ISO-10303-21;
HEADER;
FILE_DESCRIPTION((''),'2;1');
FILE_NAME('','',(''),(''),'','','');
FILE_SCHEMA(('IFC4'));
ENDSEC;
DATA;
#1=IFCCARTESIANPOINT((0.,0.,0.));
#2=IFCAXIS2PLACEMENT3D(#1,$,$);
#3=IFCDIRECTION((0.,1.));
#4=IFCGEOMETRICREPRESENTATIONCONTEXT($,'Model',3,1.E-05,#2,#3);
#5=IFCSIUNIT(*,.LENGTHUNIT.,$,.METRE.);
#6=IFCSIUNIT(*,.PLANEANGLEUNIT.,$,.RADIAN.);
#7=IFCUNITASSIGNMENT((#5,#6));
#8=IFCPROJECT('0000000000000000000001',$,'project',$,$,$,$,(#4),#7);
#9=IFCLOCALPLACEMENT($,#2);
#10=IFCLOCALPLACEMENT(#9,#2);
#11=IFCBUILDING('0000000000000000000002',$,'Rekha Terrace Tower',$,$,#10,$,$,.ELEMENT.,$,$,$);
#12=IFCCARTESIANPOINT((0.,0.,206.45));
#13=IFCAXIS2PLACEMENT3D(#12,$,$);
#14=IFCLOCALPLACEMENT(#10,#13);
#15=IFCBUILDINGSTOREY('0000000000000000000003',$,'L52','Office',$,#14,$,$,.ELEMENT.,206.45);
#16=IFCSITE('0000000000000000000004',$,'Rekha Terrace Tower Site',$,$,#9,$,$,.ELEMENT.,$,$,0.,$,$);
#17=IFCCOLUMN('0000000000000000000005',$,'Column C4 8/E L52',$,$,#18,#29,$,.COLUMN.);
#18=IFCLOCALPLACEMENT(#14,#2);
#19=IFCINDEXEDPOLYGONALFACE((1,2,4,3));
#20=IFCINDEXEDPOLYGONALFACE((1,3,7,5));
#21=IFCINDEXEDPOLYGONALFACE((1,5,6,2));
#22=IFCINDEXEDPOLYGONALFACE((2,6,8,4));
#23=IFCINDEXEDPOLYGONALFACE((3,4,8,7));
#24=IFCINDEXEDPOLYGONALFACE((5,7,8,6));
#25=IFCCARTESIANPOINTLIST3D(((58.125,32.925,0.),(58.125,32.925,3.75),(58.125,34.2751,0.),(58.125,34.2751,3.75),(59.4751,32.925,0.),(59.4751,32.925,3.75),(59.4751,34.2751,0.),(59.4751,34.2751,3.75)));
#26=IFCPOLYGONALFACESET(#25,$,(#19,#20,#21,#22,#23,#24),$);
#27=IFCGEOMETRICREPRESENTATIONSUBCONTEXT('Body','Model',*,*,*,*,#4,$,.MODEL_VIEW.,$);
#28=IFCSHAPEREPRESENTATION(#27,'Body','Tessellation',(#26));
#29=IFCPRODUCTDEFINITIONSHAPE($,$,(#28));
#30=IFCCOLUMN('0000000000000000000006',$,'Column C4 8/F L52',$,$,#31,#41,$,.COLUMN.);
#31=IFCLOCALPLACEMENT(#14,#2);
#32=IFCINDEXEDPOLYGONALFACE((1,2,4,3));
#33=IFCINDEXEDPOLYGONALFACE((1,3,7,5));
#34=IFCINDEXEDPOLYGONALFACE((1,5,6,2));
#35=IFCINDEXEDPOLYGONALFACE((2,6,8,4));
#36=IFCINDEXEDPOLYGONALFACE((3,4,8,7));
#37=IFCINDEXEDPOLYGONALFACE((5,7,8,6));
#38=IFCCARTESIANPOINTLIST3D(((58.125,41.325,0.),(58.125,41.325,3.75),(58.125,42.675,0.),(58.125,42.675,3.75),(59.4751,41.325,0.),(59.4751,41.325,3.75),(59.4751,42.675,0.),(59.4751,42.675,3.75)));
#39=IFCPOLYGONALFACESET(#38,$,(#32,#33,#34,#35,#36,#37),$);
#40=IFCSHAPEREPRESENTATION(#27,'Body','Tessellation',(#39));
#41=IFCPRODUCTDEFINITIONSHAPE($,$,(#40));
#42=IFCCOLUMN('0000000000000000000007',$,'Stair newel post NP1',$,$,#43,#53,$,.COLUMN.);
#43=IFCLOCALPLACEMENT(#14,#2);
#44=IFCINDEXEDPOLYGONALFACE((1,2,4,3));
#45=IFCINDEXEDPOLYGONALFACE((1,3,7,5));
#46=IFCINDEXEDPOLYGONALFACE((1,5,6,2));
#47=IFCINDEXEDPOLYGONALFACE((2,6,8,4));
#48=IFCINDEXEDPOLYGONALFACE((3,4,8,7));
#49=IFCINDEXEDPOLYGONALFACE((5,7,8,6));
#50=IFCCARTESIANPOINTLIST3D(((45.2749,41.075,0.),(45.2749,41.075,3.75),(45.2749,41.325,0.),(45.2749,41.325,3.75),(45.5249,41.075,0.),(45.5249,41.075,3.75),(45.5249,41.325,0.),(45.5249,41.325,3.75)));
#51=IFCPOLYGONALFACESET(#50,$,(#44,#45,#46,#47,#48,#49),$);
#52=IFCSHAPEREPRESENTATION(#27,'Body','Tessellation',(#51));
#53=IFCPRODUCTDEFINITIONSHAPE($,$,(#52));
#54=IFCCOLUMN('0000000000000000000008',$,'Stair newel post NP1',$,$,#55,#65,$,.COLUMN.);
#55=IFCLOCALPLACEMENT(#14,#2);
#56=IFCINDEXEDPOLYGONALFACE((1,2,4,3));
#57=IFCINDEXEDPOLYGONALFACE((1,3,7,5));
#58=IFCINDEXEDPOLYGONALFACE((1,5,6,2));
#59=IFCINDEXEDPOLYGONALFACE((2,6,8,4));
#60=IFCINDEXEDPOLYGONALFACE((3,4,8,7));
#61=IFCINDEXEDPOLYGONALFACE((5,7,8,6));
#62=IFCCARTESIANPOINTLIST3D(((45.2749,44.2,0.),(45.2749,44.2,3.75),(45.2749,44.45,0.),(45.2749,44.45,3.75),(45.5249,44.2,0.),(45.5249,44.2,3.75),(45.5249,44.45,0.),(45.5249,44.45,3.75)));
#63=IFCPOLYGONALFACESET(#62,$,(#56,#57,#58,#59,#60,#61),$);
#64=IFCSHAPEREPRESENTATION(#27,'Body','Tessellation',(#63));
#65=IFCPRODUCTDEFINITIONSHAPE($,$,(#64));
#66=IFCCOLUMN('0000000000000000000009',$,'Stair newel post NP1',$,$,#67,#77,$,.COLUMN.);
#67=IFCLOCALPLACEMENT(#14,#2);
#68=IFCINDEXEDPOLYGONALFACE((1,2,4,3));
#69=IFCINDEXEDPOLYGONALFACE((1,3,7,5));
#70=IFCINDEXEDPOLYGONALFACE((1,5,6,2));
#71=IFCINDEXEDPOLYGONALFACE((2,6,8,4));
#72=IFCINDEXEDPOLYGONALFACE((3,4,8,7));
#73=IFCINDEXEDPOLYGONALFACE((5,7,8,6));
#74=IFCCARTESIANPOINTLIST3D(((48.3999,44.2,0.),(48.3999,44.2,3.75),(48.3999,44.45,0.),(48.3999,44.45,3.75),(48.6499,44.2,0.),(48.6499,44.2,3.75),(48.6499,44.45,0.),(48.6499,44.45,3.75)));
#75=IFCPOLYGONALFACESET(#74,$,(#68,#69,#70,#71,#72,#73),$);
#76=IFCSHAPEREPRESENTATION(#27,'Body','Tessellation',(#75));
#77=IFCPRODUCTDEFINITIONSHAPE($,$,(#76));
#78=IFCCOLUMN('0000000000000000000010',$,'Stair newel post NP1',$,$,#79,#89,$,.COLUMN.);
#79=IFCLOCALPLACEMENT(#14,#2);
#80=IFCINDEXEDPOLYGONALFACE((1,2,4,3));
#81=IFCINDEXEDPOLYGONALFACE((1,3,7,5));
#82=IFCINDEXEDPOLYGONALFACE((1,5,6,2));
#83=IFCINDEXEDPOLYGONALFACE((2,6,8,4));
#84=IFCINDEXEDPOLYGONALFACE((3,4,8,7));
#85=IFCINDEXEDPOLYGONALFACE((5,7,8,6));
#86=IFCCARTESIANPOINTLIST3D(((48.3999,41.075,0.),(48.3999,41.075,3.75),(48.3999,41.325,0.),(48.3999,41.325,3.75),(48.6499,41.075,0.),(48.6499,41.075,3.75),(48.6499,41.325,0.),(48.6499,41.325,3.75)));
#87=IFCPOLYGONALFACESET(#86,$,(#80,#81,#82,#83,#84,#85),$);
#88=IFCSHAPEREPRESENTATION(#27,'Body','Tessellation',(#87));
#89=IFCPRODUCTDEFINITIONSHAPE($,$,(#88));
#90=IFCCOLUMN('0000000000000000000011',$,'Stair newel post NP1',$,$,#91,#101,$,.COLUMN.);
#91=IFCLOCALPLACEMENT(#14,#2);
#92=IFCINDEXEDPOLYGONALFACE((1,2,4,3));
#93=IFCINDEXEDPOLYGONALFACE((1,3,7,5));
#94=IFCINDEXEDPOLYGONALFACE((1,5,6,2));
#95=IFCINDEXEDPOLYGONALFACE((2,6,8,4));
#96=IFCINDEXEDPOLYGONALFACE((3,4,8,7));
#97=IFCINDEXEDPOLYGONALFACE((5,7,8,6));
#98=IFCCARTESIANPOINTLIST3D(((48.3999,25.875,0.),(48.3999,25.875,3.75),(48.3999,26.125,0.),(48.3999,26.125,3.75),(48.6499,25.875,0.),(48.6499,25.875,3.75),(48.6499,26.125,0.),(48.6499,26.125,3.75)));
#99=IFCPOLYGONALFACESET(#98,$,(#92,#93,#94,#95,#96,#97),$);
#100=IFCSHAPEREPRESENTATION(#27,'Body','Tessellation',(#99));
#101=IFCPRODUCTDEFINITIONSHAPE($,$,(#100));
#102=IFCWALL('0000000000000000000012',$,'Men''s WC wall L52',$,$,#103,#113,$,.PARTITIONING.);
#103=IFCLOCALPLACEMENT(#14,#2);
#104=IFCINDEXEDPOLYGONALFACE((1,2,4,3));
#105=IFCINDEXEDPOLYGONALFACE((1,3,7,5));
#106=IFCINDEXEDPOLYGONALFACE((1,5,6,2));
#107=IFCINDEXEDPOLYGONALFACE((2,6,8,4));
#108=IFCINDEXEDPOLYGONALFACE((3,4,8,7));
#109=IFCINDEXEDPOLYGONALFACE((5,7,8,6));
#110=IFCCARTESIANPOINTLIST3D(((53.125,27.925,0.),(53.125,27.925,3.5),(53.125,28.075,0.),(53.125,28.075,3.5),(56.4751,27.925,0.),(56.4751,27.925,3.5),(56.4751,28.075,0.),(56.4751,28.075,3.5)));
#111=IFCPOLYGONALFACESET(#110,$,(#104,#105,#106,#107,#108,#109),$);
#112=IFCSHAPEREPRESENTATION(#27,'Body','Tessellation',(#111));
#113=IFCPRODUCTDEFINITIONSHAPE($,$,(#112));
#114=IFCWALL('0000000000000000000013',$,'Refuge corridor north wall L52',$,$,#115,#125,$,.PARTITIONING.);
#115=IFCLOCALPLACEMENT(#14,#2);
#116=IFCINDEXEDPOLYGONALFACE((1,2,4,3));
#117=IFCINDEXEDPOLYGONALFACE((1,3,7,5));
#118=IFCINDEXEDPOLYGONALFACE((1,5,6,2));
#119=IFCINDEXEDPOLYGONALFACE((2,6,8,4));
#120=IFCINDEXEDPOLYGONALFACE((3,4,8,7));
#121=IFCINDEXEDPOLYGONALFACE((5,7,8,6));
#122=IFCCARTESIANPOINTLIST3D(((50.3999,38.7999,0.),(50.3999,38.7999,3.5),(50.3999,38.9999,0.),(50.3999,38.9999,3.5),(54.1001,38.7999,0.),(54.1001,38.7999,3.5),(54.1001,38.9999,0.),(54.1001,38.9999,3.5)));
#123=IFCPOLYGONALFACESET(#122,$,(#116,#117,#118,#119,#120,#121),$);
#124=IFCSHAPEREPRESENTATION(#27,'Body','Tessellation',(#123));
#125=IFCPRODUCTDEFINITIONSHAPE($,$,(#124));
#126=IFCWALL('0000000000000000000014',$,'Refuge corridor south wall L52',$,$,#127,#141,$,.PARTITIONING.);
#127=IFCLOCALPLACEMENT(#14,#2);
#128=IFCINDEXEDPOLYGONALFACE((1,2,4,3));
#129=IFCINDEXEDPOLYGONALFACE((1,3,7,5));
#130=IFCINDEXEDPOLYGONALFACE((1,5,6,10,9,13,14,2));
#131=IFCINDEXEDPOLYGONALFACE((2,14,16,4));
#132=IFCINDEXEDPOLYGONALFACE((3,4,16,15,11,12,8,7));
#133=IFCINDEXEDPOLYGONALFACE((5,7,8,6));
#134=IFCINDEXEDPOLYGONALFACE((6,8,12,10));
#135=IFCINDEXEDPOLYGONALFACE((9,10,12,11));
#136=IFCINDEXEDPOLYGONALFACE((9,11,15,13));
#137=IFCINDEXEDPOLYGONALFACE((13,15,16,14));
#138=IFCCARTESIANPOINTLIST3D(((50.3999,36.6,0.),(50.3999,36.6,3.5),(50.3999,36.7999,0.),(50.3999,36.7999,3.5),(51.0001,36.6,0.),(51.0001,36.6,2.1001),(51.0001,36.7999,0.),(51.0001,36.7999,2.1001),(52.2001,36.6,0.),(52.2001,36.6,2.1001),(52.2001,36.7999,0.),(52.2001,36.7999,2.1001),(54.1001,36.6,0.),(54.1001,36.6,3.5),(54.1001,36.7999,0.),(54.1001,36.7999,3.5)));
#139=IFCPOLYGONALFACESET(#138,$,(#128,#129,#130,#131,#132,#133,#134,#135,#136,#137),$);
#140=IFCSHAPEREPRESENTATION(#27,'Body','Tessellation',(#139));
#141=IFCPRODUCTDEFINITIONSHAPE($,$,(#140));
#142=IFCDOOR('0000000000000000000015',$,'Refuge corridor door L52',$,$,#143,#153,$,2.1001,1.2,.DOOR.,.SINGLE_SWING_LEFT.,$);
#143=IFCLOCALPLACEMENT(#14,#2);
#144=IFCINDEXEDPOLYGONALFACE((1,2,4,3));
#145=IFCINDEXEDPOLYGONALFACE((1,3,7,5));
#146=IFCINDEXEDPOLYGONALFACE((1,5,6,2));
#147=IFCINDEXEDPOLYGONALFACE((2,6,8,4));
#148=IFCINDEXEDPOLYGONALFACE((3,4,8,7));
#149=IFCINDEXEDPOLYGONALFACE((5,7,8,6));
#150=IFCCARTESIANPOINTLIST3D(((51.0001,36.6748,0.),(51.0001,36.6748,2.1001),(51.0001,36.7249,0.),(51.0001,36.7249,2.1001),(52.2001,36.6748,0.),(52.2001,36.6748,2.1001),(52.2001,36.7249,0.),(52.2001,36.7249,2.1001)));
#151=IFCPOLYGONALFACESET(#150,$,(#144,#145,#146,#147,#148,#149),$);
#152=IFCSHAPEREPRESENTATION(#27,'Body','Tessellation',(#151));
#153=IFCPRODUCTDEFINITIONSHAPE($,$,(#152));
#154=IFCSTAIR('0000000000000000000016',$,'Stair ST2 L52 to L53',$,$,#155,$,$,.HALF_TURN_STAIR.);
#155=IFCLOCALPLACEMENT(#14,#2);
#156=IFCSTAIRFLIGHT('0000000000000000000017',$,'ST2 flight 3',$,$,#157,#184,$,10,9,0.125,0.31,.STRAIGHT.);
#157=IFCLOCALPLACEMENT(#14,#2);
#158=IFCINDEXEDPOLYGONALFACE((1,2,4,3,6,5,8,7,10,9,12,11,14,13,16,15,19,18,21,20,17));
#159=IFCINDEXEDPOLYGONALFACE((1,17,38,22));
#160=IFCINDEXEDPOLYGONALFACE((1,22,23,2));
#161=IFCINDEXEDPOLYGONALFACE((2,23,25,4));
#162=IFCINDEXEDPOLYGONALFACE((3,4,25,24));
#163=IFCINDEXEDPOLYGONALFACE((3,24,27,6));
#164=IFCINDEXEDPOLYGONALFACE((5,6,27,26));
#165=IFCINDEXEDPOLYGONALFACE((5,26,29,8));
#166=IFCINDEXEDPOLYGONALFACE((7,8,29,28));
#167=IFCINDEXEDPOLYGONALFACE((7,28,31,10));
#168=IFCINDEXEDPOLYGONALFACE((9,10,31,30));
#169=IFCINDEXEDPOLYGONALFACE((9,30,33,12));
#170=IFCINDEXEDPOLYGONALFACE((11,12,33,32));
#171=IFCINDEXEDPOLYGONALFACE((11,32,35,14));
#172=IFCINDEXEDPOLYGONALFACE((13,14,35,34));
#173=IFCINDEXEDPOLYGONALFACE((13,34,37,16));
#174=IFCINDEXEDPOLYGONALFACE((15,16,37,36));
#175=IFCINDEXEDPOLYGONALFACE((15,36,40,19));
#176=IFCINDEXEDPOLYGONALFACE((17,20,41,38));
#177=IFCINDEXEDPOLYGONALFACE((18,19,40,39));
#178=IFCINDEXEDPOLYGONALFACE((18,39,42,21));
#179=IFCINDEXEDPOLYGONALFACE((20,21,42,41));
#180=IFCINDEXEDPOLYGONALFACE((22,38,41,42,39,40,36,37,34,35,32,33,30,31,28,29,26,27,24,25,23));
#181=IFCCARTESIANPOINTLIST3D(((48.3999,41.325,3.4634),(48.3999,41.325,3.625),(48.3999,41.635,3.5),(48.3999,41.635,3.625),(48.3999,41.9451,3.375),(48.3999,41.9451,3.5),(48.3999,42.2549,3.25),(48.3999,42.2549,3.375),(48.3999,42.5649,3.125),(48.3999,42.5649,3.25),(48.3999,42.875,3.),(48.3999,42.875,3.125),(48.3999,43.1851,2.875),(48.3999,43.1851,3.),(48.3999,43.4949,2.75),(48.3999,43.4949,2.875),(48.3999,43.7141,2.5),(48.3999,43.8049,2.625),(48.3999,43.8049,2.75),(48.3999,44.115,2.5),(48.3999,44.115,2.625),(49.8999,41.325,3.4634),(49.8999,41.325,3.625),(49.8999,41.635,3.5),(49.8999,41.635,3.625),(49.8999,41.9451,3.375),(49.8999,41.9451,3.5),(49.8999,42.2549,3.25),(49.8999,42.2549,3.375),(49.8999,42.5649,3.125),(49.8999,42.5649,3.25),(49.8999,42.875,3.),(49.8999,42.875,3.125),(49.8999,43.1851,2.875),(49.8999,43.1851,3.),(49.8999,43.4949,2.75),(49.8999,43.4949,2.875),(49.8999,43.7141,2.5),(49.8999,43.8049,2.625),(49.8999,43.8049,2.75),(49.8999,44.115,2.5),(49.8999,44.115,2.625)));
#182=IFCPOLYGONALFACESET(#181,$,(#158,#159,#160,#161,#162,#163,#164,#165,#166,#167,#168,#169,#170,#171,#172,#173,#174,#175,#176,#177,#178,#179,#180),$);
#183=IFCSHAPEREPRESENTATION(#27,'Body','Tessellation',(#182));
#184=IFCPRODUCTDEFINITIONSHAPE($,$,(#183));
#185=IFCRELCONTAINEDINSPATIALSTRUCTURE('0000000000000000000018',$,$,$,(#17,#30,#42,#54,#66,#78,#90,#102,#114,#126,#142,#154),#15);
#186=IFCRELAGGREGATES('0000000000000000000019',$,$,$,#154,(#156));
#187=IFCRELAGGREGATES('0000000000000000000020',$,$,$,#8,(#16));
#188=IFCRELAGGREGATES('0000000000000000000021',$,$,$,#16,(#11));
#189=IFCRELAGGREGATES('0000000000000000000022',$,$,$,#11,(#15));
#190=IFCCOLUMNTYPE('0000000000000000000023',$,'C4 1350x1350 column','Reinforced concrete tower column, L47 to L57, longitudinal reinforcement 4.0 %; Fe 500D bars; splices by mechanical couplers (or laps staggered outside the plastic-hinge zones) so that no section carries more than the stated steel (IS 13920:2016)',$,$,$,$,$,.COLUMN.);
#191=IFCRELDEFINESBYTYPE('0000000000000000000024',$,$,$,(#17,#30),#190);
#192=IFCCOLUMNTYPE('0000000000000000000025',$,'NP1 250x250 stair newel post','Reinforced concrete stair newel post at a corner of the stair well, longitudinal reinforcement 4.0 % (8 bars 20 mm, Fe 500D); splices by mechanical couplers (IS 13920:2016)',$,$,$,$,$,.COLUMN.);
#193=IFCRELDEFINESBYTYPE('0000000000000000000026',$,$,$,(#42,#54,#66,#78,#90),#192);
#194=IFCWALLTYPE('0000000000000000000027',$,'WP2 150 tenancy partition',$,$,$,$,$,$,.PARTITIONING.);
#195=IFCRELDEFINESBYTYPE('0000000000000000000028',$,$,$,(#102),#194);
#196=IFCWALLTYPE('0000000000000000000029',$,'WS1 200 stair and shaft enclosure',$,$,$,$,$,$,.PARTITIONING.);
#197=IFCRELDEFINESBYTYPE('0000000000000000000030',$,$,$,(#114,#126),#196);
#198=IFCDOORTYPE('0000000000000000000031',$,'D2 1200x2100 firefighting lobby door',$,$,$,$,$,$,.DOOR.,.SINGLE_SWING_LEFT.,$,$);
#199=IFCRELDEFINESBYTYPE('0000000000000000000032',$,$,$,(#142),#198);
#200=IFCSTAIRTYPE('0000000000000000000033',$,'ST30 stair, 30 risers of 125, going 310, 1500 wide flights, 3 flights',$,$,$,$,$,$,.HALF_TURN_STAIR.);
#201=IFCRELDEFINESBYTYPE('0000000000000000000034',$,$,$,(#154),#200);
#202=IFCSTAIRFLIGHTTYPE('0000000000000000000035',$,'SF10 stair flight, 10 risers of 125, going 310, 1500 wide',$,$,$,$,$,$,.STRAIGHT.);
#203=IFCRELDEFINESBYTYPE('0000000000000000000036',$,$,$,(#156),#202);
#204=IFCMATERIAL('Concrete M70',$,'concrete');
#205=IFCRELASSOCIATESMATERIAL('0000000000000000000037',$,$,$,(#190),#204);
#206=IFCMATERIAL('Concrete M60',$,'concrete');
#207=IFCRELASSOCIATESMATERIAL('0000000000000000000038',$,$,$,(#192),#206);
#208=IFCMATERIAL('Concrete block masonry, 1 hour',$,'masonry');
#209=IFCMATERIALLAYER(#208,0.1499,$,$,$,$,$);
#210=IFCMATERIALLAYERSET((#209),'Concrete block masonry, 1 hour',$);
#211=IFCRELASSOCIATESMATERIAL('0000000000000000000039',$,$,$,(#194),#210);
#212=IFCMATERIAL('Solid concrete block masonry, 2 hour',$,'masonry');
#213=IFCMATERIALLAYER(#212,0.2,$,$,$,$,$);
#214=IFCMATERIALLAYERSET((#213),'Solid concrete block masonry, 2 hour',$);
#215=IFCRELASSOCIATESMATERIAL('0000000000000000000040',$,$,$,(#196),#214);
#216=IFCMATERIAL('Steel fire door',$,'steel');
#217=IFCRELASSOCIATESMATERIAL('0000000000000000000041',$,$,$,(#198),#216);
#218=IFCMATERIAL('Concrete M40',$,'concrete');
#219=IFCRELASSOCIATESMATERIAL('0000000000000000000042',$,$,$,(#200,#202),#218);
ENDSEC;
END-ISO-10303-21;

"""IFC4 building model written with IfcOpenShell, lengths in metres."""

from ifc_helpers import new_model, si_unit, direction, frame, frame_2d, origin, origin_2d, place, context, subcontext, project, spatial, polyline, rectangle, outline, extrude, material, layer, layer_set, material_profile, profile_set, type_object, element, fill, aggregate, save


model = new_model("IFC4")

# Units and contexts
model_context = context("Model", 3, precision=1e-05, world=origin(), true_north=direction((0.0, 1.0)))
body_context = subcontext(model_context, "Body", "Model", "MODEL_VIEW")
ifc_project = project(units=[si_unit("LENGTHUNIT", "METRE"), si_unit("PLANEANGLEUNIT", "RADIAN")], contexts=[model_context])

# Site, building, storey
site_placement = place(None, origin())
site = spatial("IfcSite", under=ifc_project, at=site_placement, Name="Rekha Terrace Tower Site", CompositionType="ELEMENT", RefElevation=0.0)
building_placement = place(site_placement, origin())
building = spatial("IfcBuilding", under=site, at=building_placement, Name="Rekha Terrace Tower", CompositionType="ELEMENT")
storey_placement = place(building_placement, frame((0.0, 0.0, 206.45)))
storey = spatial("IfcBuildingStorey", under=building, at=storey_placement, Name="L52", Description="Office", CompositionType="ELEMENT", Elevation=206.45)

# Columns
ifc_material_1 = material(Name="Concrete M70", Category="concrete")
ifc_material_profile_1 = material_profile(ifc_material_1, rectangle(XDim=1.3501, YDim=1.3501, at=origin_2d()), Name="RC 1350x1350")
ifc_profile_set_1 = profile_set([ifc_material_profile_1], Name="Concrete M70")
column_type_1 = type_object("IfcColumnType", Name="C4 1350x1350 column", Description="Reinforced concrete tower column, L47 to L57, longitudinal reinforcement 4.0 %; Fe 500D bars; splices by mechanical couplers (or laps staggered outside the plastic-hinge zones) so that no section carries more than the stated steel (IS 13920:2016)", PredefinedType="COLUMN", material=ifc_profile_set_1)
for number, where, z_axis, x_axis, name in (
    (1, (58.8, 33.6001, 0.0), (0.0, 0.0, 1.0), (1.0, 0.0, 0.0), "Column C4 8/E L52"),
    (2, (58.8, 42.0, 0.0), (0.0, 0.0, 1.0), (1.0, 0.0, 0.0), "Column C4 8/F L52"),
):
    element("IfcColumn", number, at=place(storey_placement, frame(where, z_axis=z_axis, x_axis=x_axis)), inside=storey, type_object=column_type_1, Name=name, PredefinedType="COLUMN", context=body_context, shape_type="SweptSolid", body=[
        extrude(rectangle(XDim=1.3501, YDim=1.3501, at=origin_2d()), origin(), (0.0, 0.0, 1.0), 3.75),
    ])
ifc_material_2 = material(Name="Concrete M60", Category="concrete")
ifc_material_profile_2 = material_profile(ifc_material_2, rectangle(XDim=0.25, YDim=0.25, at=origin_2d()), Name="RC 250x250")
ifc_profile_set_2 = profile_set([ifc_material_profile_2], Name="Concrete M60")
column_type_2 = type_object("IfcColumnType", Name="NP1 250x250 stair newel post", Description="Reinforced concrete stair newel post at a corner of the stair well, longitudinal reinforcement 4.0 % (8 bars 20 mm, Fe 500D); splices by mechanical couplers (IS 13920:2016)", PredefinedType="COLUMN", material=ifc_profile_set_2)
for number, where, z_axis, x_axis, name in (
    (3, (45.3999, 41.2, 0.0), (0.0, 0.0, 1.0), (1.0, 0.0, 0.0), "Stair newel post NP1"),
    (4, (45.3999, 44.325, 0.0), (0.0, 0.0, 1.0), (1.0, 0.0, 0.0), "Stair newel post NP1"),
    (5, (48.5249, 44.325, 0.0), (0.0, 0.0, 1.0), (1.0, 0.0, 0.0), "Stair newel post NP1"),
    (6, (48.5249, 41.2, 0.0), (0.0, 0.0, 1.0), (1.0, 0.0, 0.0), "Stair newel post NP1"),
    (7, (48.5249, 26.0, 0.0), (0.0, 0.0, 1.0), (1.0, 0.0, 0.0), "Stair newel post NP1"),
):
    element("IfcColumn", number, at=place(storey_placement, frame(where, z_axis=z_axis, x_axis=x_axis)), inside=storey, type_object=column_type_2, Name=name, PredefinedType="COLUMN", context=body_context, shape_type="SweptSolid", body=[
        extrude(rectangle(XDim=0.25, YDim=0.25, at=origin_2d()), origin(), (0.0, 0.0, 1.0), 3.75),
    ])

# Walls
ifc_material_3 = material(Name="Concrete block masonry, 1 hour", Category="masonry")
ifc_layer_1 = layer(ifc_material_3, 0.1499)
ifc_layer_set_1 = layer_set([ifc_layer_1], Name="Concrete block masonry, 1 hour")
wall_type_1 = type_object("IfcWallType", Name="WP2 150 tenancy partition", PredefinedType="PARTITIONING", material=ifc_layer_set_1)
wall_1_placement = place(storey_placement, frame((53.125, 28.0, 0.0), z_axis=(0.0, 0.0, 1.0), x_axis=(1.0, 0.0, 0.0)))
element("IfcWall", 8, at=wall_1_placement, inside=storey, type_object=wall_type_1, Name="Men's WC wall L52", PredefinedType="PARTITIONING", context=body_context, shape_type="SweptSolid", body=[
    extrude(rectangle(XDim=3.3501, YDim=0.1499, at=frame_2d((1.675, 0.0))), origin(), (0.0, 0.0, 1.0), 3.5),
])
ifc_material_4 = material(Name="Solid concrete block masonry, 2 hour", Category="masonry")
ifc_layer_2 = layer(ifc_material_4, 0.2)
ifc_layer_set_2 = layer_set([ifc_layer_2], Name="Solid concrete block masonry, 2 hour")
wall_type_2 = type_object("IfcWallType", Name="WS1 200 stair and shaft enclosure", PredefinedType="PARTITIONING", material=ifc_layer_set_2)
wall_2_placement = place(storey_placement, frame((50.3999, 38.8999, 0.0), z_axis=(0.0, 0.0, 1.0), x_axis=(1.0, 0.0, 0.0)))
element("IfcWall", 9, at=wall_2_placement, inside=storey, type_object=wall_type_2, Name="Refuge corridor north wall L52", PredefinedType="PARTITIONING", context=body_context, shape_type="SweptSolid", body=[
    extrude(rectangle(XDim=3.7002, YDim=0.2, at=frame_2d((1.8501, 0.0))), origin(), (0.0, 0.0, 1.0), 3.5),
])

# Wall, opening, door
wall_3_placement = place(storey_placement, frame((50.3999, 36.7, 0.0), z_axis=(0.0, 0.0, 1.0), x_axis=(1.0, 0.0, 0.0)))
wall_3 = element("IfcWall", 10, at=wall_3_placement, inside=storey, type_object=wall_type_2, Name="Refuge corridor south wall L52", PredefinedType="PARTITIONING", context=body_context, shape_type="SweptSolid", body=[
    extrude(rectangle(XDim=3.7002, YDim=0.2, at=frame_2d((1.8501, 0.0))), origin(), (0.0, 0.0, 1.0), 3.5),
])
opening_placement = place(wall_3_placement, frame((0.6001, 0.0, 0.0)))
opening = element("IfcOpeningElement", 11, at=opening_placement, cuts=wall_3, PredefinedType="OPENING", context=body_context, shape_type="SweptSolid", body=[
    extrude(rectangle(XDim=1.2, YDim=2.1001, at=frame_2d((0.6001, 1.05))), frame((0.0, 0.1099, 0.0), z_axis=(0.0, -1.0, 0.0), x_axis=(1.0, 0.0, 0.0)), (0.0, 0.0, 1.0), 0.22),
])
ifc_material_5 = material(Name="Steel fire door", Category="steel")
door_type = type_object("IfcDoorType", Name="D2 1200x2100 firefighting lobby door", OperationType="SINGLE_SWING_LEFT", PredefinedType="DOOR", material=ifc_material_5)
door_placement = place(opening_placement, origin())
door = element("IfcDoor", 12, at=door_placement, inside=storey, type_object=door_type, Name="Refuge corridor door L52", OperationType="SINGLE_SWING_LEFT", OverallHeight=2.1001, OverallWidth=1.2, PredefinedType="DOOR", context=body_context, shape_type="SweptSolid", body=[
    extrude(rectangle(XDim=1.2, YDim=2.1001, at=frame_2d((0.6001, 1.05))), frame((0.0, 0.0249, 0.0), z_axis=(0.0, -1.0, 0.0), x_axis=(1.0, 0.0, 0.0)), (0.0, 0.0, 1.0), 0.05),
])
fill(opening, door)

# Stair, stair flight
ifc_material_6 = material(Name="Concrete M40", Category="concrete")
stair_type = type_object("IfcStairType", Name="ST30 stair, 30 risers of 125, going 310, 1500 wide flights, 3 flights", PredefinedType="HALF_TURN_STAIR", material=ifc_material_6)
stair_1_placement = place(storey_placement, origin())
stair_1 = element("IfcStair", 13, at=stair_1_placement, inside=storey, type_object=stair_type, Name="Stair ST2 L52 to L53", PredefinedType="HALF_TURN_STAIR")
stair_flight_type = type_object("IfcStairFlightType", Name="SF10 stair flight, 10 risers of 125, going 310, 1500 wide", PredefinedType="STRAIGHT", material=ifc_material_6)
stair_flight_1_placement = place(storey_placement, frame((49.1499, 44.115, 2.5), z_axis=(0.0, 0.0, 1.0), x_axis=(0.0, -1.0, 0.0)))
stair_flight_1 = element("IfcStairFlight", 14, at=stair_flight_1_placement, type_object=stair_flight_type, Name="ST2 flight 3", NumberOfRisers=10, NumberOfTreads=9, PredefinedType="STRAIGHT", RiserHeight=0.125, TreadLength=0.31, context=body_context, shape_type="SweptSolid", body=[
    extrude(outline(polyline([(0.0, 0.0), (0.0, 0.125), (0.3101, 0.125), (0.3101, 0.25), (0.6201, 0.25), (0.6201, 0.375), (0.9299, 0.375), (0.9299, 0.5), (1.24, 0.5), (1.24, 0.625), (1.55, 0.625), (1.55, 0.75), (1.8601, 0.75), (1.8601, 0.875), (2.1699, 0.875), (2.1699, 1.0), (2.48, 1.0), (2.48, 1.125), (2.79, 1.125), (2.79, 1.25), (2.79, 0.9634), (0.4009, 0.0), (0.0, 0.0)])), frame((0.0, 0.75, 0.0), z_axis=(0.0, -1.0, 0.0), x_axis=(1.0, 0.0, 0.0)), (0.0, 0.0, 1.0), 1.5),
])
aggregate(stair_1, [stair_flight_1])

save(model, "model.ifc")
